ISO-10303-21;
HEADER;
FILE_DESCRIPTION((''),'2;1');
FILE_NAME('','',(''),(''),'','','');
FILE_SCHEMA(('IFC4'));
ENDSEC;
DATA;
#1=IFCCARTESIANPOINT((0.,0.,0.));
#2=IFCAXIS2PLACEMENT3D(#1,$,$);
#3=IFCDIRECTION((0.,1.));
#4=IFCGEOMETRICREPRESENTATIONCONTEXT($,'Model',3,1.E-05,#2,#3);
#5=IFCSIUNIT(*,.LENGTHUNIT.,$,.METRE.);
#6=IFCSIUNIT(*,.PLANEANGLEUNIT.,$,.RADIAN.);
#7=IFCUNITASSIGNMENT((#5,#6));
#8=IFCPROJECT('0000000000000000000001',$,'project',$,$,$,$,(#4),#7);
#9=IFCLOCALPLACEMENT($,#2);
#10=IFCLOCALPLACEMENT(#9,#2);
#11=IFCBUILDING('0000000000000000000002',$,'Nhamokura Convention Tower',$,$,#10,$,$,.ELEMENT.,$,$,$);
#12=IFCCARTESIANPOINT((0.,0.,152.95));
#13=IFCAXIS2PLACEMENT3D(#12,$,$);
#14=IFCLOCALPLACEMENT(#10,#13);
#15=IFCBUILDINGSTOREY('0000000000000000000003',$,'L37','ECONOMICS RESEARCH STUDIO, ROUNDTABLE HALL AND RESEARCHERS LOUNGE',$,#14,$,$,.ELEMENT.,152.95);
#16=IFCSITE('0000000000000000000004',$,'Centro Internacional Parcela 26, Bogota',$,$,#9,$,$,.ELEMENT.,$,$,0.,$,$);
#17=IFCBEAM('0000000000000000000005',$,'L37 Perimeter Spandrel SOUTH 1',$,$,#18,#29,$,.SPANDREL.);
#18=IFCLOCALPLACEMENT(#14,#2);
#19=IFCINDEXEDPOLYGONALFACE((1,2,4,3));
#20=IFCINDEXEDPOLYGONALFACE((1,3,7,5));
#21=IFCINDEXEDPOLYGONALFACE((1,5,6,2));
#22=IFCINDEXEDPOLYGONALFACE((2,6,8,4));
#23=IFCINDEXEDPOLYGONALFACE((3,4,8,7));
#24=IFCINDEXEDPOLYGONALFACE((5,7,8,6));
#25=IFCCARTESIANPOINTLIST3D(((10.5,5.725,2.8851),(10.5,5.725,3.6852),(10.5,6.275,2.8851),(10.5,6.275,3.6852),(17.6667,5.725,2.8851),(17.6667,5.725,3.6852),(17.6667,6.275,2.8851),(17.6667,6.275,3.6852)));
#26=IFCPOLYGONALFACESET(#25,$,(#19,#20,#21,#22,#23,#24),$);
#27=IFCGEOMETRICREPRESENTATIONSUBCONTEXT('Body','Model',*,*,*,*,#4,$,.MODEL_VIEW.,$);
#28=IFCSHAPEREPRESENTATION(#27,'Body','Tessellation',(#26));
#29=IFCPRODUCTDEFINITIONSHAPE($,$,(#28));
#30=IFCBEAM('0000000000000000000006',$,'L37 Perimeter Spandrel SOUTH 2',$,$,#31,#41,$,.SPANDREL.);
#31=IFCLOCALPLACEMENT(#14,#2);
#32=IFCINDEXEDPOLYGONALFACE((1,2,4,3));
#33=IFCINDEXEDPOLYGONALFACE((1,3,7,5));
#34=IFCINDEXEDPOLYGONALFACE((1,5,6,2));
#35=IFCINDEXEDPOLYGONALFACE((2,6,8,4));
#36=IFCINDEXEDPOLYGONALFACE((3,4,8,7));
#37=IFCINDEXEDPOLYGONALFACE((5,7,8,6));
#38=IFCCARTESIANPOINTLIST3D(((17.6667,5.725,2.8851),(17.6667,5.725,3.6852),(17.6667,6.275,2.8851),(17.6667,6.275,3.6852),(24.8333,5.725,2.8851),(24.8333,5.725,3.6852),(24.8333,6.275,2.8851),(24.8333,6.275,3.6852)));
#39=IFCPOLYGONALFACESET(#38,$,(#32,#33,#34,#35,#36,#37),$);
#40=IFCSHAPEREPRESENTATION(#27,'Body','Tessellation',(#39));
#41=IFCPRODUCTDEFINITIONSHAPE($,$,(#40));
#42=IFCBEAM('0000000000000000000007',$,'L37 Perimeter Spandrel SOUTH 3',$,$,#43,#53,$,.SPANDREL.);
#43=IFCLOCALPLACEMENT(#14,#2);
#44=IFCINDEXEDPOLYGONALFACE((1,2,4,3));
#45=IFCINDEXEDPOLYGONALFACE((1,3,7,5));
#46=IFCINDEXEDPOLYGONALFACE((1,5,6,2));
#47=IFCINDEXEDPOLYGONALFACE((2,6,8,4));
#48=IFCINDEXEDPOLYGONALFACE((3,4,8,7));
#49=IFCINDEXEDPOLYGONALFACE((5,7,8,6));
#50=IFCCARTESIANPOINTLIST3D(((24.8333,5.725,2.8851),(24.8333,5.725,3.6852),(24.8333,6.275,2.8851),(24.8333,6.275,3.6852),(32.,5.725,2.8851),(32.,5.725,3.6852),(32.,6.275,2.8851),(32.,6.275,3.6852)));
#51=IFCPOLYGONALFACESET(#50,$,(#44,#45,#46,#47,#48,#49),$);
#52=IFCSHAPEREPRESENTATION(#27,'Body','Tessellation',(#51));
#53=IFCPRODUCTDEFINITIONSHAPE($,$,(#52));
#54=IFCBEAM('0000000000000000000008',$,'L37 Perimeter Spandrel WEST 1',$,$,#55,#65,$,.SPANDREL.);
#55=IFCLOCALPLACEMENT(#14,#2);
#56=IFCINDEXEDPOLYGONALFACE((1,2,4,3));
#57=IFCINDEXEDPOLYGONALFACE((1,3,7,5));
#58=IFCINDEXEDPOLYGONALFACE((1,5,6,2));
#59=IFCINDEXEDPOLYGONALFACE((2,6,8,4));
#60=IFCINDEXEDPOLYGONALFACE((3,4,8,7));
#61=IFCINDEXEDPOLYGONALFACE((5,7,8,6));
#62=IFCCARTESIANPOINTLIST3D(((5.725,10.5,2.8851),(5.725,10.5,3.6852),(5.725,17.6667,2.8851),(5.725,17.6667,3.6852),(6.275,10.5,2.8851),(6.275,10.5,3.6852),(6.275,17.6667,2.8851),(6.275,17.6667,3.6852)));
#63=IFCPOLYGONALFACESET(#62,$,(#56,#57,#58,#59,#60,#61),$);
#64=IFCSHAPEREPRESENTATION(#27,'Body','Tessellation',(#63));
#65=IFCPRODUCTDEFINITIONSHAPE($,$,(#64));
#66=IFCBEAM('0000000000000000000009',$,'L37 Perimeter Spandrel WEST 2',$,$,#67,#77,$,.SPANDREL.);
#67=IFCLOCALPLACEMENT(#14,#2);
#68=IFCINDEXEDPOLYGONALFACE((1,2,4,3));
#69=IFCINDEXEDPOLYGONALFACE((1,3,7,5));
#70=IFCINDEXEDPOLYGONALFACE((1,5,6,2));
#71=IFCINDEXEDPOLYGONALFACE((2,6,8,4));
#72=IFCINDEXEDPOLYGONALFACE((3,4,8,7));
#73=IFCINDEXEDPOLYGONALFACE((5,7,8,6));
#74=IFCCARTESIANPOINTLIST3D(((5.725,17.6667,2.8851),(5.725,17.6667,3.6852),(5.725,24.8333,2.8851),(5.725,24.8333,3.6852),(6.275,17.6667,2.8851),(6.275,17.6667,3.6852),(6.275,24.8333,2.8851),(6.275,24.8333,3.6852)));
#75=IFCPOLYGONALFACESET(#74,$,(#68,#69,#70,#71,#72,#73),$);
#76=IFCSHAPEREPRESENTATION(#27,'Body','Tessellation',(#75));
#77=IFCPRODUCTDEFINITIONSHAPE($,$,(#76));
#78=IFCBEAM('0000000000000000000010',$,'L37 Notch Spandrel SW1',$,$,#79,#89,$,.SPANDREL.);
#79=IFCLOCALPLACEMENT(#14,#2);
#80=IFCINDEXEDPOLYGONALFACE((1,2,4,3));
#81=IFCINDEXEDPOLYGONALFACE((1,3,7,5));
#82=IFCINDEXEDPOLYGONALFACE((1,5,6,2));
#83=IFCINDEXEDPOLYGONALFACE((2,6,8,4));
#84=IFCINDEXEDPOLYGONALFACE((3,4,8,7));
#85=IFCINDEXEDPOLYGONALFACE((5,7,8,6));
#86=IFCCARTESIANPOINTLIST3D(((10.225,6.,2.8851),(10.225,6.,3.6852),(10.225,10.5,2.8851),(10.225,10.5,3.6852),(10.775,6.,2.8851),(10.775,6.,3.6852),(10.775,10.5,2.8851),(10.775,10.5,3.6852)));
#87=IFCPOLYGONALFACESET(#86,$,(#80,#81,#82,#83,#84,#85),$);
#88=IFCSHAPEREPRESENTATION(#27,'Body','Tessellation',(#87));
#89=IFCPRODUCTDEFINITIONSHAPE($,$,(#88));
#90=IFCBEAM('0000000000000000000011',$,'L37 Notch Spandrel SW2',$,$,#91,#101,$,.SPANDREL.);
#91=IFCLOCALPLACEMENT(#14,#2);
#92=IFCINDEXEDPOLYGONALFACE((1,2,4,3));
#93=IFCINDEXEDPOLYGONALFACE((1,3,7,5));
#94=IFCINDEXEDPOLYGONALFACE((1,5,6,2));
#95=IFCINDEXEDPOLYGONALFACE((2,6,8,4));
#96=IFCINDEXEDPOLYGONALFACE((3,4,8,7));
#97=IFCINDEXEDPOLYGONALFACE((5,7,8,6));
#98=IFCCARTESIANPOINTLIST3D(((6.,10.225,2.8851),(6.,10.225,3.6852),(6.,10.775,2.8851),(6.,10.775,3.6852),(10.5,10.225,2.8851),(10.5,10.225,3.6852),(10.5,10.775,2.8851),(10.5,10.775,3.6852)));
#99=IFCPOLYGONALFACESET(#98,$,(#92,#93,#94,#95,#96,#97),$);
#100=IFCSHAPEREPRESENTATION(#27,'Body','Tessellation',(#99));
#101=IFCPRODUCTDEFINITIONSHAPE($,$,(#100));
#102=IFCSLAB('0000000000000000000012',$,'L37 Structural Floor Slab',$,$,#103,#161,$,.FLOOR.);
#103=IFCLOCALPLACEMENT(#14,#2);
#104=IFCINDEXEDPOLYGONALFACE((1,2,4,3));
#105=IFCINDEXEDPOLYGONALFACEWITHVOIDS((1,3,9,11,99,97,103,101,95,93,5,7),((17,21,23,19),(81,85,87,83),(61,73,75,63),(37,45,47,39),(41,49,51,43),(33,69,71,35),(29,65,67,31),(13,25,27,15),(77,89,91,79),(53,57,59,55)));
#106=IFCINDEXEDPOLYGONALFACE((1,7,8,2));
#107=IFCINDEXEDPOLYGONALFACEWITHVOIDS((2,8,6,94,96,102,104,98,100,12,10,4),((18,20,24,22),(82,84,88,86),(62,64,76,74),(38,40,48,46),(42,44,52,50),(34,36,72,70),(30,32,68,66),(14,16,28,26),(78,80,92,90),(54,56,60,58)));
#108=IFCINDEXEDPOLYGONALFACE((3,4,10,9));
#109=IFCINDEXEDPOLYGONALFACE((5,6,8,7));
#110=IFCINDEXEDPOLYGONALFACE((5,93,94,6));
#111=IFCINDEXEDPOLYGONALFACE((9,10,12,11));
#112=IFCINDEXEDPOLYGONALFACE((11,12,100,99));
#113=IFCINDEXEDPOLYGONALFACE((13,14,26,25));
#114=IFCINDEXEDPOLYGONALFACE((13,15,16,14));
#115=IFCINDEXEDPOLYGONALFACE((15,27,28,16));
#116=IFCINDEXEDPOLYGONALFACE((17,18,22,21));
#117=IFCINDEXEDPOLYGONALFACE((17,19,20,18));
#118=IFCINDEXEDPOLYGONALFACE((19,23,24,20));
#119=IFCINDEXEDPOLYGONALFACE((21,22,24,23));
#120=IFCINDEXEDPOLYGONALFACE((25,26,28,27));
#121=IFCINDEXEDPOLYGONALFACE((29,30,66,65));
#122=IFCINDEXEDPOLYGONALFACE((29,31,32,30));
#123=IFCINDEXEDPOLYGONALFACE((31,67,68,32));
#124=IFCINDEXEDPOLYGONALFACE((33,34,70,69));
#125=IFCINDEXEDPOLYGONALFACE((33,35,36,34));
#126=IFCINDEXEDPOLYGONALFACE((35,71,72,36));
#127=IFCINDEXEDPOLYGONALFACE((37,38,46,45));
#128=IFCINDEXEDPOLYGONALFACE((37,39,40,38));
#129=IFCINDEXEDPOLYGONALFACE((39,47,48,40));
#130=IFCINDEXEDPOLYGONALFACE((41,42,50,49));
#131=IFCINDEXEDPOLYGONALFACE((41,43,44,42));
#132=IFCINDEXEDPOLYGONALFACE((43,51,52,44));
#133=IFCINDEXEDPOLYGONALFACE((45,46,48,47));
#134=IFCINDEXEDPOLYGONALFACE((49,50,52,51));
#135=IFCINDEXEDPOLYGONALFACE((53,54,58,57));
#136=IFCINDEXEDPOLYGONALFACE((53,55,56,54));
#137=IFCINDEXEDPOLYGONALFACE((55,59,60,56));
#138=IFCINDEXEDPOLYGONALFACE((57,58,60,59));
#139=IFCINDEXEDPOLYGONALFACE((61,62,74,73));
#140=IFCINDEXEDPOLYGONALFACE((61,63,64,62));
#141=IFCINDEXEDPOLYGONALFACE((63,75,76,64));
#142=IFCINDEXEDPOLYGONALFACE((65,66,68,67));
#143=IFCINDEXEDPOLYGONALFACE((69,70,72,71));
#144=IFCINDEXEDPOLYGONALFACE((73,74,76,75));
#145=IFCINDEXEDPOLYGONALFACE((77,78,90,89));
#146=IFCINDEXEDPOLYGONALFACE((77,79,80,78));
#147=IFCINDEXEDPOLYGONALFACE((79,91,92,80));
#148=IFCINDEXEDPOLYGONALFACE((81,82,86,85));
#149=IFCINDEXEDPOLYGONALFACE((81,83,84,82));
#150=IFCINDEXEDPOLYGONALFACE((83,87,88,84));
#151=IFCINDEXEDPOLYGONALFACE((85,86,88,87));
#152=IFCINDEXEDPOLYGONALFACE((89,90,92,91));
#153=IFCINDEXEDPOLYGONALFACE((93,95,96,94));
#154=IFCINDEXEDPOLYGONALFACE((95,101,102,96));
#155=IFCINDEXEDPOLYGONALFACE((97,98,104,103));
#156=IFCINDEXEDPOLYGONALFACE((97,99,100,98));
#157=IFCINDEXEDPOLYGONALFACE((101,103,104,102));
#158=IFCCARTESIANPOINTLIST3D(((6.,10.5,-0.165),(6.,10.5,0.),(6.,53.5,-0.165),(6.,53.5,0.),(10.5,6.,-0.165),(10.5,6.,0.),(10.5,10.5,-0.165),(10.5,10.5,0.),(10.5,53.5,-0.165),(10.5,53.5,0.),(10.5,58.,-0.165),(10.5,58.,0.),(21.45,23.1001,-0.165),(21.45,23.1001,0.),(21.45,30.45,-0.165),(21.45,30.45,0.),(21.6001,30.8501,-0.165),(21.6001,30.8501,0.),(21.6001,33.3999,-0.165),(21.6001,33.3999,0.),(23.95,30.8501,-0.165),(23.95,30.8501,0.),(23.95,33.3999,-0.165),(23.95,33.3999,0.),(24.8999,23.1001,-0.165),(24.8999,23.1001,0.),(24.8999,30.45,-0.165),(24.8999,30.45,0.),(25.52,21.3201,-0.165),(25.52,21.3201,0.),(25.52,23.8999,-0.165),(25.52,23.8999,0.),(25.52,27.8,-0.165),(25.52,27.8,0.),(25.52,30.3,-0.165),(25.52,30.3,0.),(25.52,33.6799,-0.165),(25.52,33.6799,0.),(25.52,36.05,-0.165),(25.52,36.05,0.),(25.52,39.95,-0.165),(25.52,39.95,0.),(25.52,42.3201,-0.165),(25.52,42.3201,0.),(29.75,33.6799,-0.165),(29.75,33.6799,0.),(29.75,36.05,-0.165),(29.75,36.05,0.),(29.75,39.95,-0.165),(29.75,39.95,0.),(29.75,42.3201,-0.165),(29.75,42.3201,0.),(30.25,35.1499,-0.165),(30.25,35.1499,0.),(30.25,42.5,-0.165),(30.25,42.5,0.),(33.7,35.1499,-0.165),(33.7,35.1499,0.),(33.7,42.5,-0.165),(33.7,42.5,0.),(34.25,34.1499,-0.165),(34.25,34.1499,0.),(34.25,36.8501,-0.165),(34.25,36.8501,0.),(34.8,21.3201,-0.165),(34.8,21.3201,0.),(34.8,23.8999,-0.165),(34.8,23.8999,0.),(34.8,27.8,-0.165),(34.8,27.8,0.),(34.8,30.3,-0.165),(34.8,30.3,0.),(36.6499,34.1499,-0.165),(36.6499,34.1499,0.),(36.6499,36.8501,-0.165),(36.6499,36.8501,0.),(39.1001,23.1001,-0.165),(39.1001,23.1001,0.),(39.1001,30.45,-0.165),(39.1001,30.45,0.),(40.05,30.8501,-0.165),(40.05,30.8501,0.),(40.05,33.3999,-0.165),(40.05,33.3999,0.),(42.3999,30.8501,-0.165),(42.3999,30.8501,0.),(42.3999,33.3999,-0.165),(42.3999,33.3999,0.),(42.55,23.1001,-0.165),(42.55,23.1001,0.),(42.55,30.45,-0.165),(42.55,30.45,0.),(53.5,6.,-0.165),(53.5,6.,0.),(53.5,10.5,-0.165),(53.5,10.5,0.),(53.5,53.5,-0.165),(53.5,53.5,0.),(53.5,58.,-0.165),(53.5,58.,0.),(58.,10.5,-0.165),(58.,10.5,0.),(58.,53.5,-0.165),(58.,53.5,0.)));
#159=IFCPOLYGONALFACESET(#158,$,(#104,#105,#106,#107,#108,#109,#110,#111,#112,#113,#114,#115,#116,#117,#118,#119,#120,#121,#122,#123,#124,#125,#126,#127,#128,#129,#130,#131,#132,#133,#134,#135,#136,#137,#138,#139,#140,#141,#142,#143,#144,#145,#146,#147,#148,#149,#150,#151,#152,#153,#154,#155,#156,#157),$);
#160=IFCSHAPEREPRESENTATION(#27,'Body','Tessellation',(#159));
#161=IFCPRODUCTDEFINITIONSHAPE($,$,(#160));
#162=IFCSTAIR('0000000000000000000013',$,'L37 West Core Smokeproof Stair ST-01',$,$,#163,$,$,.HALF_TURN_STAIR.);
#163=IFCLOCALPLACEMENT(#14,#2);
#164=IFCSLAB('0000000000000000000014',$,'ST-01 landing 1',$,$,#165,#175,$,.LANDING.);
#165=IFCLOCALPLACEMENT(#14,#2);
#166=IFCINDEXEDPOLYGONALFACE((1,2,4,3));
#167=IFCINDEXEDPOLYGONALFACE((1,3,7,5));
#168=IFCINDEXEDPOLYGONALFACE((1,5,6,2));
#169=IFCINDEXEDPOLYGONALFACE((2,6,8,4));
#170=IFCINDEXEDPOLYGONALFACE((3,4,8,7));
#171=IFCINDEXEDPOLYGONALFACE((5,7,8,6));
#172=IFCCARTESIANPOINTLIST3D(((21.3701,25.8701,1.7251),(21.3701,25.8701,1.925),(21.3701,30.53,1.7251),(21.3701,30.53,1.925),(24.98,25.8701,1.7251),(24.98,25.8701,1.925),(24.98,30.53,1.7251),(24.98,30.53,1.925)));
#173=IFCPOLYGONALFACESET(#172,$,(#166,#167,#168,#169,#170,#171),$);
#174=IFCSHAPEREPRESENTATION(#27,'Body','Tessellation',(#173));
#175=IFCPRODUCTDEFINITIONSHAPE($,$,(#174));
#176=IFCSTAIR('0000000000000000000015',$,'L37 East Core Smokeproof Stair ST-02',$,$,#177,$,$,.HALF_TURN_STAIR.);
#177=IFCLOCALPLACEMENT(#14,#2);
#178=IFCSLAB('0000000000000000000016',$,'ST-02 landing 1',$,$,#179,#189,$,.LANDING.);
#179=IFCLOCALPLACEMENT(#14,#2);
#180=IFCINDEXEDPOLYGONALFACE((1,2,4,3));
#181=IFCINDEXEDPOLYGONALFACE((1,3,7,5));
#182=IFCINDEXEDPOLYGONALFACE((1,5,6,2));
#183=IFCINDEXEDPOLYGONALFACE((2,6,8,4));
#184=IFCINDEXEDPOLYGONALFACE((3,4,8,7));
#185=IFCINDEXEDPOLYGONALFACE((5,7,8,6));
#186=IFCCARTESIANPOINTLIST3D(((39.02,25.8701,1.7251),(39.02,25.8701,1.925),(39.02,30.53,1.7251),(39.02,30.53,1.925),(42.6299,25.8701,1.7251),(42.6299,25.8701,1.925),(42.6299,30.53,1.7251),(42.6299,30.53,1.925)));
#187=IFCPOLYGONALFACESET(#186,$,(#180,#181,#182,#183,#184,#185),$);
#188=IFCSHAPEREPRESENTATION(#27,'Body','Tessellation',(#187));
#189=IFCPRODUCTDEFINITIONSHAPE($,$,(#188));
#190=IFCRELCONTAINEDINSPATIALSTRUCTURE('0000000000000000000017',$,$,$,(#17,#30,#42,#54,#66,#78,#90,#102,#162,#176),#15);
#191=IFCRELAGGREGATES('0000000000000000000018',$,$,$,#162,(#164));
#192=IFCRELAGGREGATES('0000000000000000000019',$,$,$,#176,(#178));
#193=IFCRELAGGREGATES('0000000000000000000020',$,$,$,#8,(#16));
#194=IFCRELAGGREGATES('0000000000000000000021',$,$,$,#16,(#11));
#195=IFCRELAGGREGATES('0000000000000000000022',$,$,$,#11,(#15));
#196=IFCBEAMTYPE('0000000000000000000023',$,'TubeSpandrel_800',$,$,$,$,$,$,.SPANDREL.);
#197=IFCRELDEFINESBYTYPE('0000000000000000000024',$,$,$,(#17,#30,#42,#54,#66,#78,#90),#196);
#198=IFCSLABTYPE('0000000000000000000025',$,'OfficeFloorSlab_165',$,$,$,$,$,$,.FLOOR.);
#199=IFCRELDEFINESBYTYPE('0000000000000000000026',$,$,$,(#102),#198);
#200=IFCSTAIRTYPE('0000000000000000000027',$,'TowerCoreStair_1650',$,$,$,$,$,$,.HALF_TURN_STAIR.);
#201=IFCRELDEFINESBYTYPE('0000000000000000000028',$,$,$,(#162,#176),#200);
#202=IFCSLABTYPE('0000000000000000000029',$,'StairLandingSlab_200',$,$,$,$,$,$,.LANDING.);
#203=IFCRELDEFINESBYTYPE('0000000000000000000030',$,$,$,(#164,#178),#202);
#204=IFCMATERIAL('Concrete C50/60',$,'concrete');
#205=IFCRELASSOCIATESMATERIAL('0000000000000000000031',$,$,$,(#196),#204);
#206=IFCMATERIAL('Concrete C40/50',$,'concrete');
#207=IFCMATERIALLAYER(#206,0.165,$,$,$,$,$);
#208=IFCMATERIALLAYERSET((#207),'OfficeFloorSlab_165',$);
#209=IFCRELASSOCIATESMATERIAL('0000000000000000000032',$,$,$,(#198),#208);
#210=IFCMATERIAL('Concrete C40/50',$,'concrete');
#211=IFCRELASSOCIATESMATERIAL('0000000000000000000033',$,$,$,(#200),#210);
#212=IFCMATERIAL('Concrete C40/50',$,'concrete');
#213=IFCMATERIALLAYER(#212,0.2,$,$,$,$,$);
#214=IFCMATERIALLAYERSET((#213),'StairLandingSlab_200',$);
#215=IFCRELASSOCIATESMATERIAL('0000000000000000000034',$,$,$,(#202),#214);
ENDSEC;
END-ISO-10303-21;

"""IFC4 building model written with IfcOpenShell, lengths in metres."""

from ifc_helpers import new_model, si_unit, direction, frame, origin, origin_2d, place, context, subcontext, project, spatial, polyline, rectangle, outline, extrude, material, layer, layer_set, material_profile, profile_set, type_object, element, aggregate, save


model = new_model("IFC4")

# Units and contexts
model_context = context("Model", 3, precision=1e-05, world=origin(), true_north=direction((0.0, 1.0)))
body_context = subcontext(model_context, "Body", "Model", "MODEL_VIEW")
ifc_project = project(units=[si_unit("LENGTHUNIT", "METRE"), si_unit("PLANEANGLEUNIT", "RADIAN")], contexts=[model_context])

# Site, building, storey
site_placement = place(None, origin())
site = spatial("IfcSite", under=ifc_project, at=site_placement, Name="Centro Internacional Parcela 26, Bogota", CompositionType="ELEMENT", RefElevation=0.0)
building_placement = place(site_placement, origin())
building = spatial("IfcBuilding", under=site, at=building_placement, Name="Nhamokura Convention Tower", CompositionType="ELEMENT")
storey_placement = place(building_placement, frame((0.0, 0.0, 152.95)))
storey = spatial("IfcBuildingStorey", under=building, at=storey_placement, Name="L37", Description="ECONOMICS RESEARCH STUDIO, ROUNDTABLE HALL AND RESEARCHERS LOUNGE", CompositionType="ELEMENT", Elevation=152.95)

# Beams
ifc_material_1 = material(Name="Concrete C50/60", Category="concrete")
ifc_material_profile_1 = material_profile(ifc_material_1, rectangle(XDim=0.55, YDim=0.8, at=origin_2d()))
ifc_profile_set_1 = profile_set([ifc_material_profile_1], Name="Concrete C50/60")
beam_type_1 = type_object("IfcBeamType", Name="TubeSpandrel_800", PredefinedType="SPANDREL", material=ifc_profile_set_1)
beam_1_placement = place(storey_placement, frame((10.5, 6.0, 3.2852), z_axis=(1.0, 0.0, 0.0), x_axis=(0.0, 1.0, 0.0)))
element("IfcBeam", 1, at=beam_1_placement, inside=storey, type_object=beam_type_1, Name="L37 Perimeter Spandrel SOUTH 1", PredefinedType="SPANDREL", context=body_context, shape_type="SweptSolid", body=[
    extrude(rectangle(XDim=0.55, YDim=0.8, at=origin_2d()), origin(), (0.0, 0.0, 1.0), 7.1667),
])
beam_2_placement = place(storey_placement, frame((17.6667, 6.0, 3.2852), z_axis=(1.0, 0.0, 0.0), x_axis=(0.0, 1.0, 0.0)))
element("IfcBeam", 2, at=beam_2_placement, inside=storey, type_object=beam_type_1, Name="L37 Perimeter Spandrel SOUTH 2", PredefinedType="SPANDREL", context=body_context, shape_type="SweptSolid", body=[
    extrude(rectangle(XDim=0.55, YDim=0.8, at=origin_2d()), origin(), (0.0, 0.0, 1.0), 7.1665),
])
for number, where, z_axis, x_axis, name in (
    (3, (24.8333, 6.0, 3.2852), (1.0, 0.0, 0.0), (0.0, 1.0, 0.0), "L37 Perimeter Spandrel SOUTH 3"),
    (4, (6.0, 10.5, 3.2852), (0.0, 1.0, 0.0), (-1.0, 0.0, 0.0), "L37 Perimeter Spandrel WEST 1"),
):
    element("IfcBeam", number, at=place(storey_placement, frame(where, z_axis=z_axis, x_axis=x_axis)), inside=storey, type_object=beam_type_1, Name=name, PredefinedType="SPANDREL", context=body_context, shape_type="SweptSolid", body=[
        extrude(rectangle(XDim=0.55, YDim=0.8, at=origin_2d()), origin(), (0.0, 0.0, 1.0), 7.1667),
    ])
beam_3_placement = place(storey_placement, frame((6.0, 17.6667, 3.2852), z_axis=(0.0, 1.0, 0.0), x_axis=(-1.0, 0.0, 0.0)))
element("IfcBeam", 5, at=beam_3_placement, inside=storey, type_object=beam_type_1, Name="L37 Perimeter Spandrel WEST 2", PredefinedType="SPANDREL", context=body_context, shape_type="SweptSolid", body=[
    extrude(rectangle(XDim=0.55, YDim=0.8, at=origin_2d()), origin(), (0.0, 0.0, 1.0), 7.1665),
])
for number, where, z_axis, x_axis, name in (
    (6, (10.5, 6.0, 3.2852), (0.0, 1.0, 0.0), (-1.0, 0.0, 0.0), "L37 Notch Spandrel SW1"),
    (7, (10.5, 10.5, 3.2852), (-1.0, 0.0, 0.0), (0.0, -1.0, 0.0), "L37 Notch Spandrel SW2"),
):
    element("IfcBeam", number, at=place(storey_placement, frame(where, z_axis=z_axis, x_axis=x_axis)), inside=storey, type_object=beam_type_1, Name=name, PredefinedType="SPANDREL", context=body_context, shape_type="SweptSolid", body=[
        extrude(rectangle(XDim=0.55, YDim=0.8, at=origin_2d()), origin(), (0.0, 0.0, 1.0), 4.5),
    ])

# Slab
ifc_material_2 = material(Name="Concrete C40/50", Category="concrete")
ifc_layer_1 = layer(ifc_material_2, 0.165)
ifc_layer_set_1 = layer_set([ifc_layer_1], Name="OfficeFloorSlab_165")
slab_type_1 = type_object("IfcSlabType", Name="OfficeFloorSlab_165", PredefinedType="FLOOR", material=ifc_layer_set_1)
slab_1_placement = place(storey_placement, frame((0.0, 0.0, -0.165)))
element("IfcSlab", 8, at=slab_1_placement, inside=storey, type_object=slab_type_1, Name="L37 Structural Floor Slab", PredefinedType="FLOOR", context=body_context, shape_type="SweptSolid", body=[
    extrude(outline(polyline([(10.5, 6.0), (53.5, 6.0), (53.5, 10.5), (58.0, 10.5), (58.0, 53.5), (53.5, 53.5), (53.5, 58.0), (10.5, 58.0), (10.5, 53.5), (6.0, 53.5), (6.0, 10.5), (10.5, 10.5), (10.5, 6.0)]), holes=[polyline([(24.8999, 23.1001), (24.8999, 30.45), (21.45, 30.45), (21.45, 23.1001), (24.8999, 23.1001)]), polyline([(42.55, 23.1001), (42.55, 30.45), (39.1001, 30.45), (39.1001, 23.1001), (42.55, 23.1001)]), polyline([(33.7, 35.1499), (33.7, 42.5), (30.25, 42.5), (30.25, 35.1499), (33.7, 35.1499)]), polyline([(21.6001, 30.8501), (23.95, 30.8501), (23.95, 33.3999), (21.6001, 33.3999), (21.6001, 30.8501)]), polyline([(40.05, 30.8501), (42.3999, 30.8501), (42.3999, 33.3999), (40.05, 33.3999), (40.05, 30.8501)]), polyline([(34.25, 34.1499), (36.6499, 34.1499), (36.6499, 36.8501), (34.25, 36.8501), (34.25, 34.1499)]), polyline([(25.52, 21.3201), (34.8, 21.3201), (34.8, 23.8999), (25.52, 23.8999), (25.52, 21.3201)]), polyline([(25.52, 27.8), (34.8, 27.8), (34.8, 30.3), (25.52, 30.3), (25.52, 27.8)]), polyline([(25.52, 33.6799), (29.75, 33.6799), (29.75, 36.05), (25.52, 36.05), (25.52, 33.6799)]), polyline([(25.52, 39.95), (29.75, 39.95), (29.75, 42.3201), (25.52, 42.3201), (25.52, 39.95)])]), origin(), (0.0, 0.0, 1.0), 0.165),
])

# Stairs, slabs
ifc_material_3 = material(Name="Concrete C40/50", Category="concrete")
stair_type = type_object("IfcStairType", Name="TowerCoreStair_1650", PredefinedType="HALF_TURN_STAIR", material=ifc_material_3)
stair_1_placement = place(storey_placement, origin())
stair_1 = element("IfcStair", 9, at=stair_1_placement, inside=storey, type_object=stair_type, Name="L37 West Core Smokeproof Stair ST-01", PredefinedType="HALF_TURN_STAIR")
ifc_material_4 = material(Name="Concrete C40/50", Category="concrete")
ifc_layer_2 = layer(ifc_material_4, 0.2)
ifc_layer_set_2 = layer_set([ifc_layer_2], Name="StairLandingSlab_200")
slab_type_2 = type_object("IfcSlabType", Name="StairLandingSlab_200", PredefinedType="LANDING", material=ifc_layer_set_2)
slab_2_placement = place(storey_placement, frame((0.0, 0.0, 1.7251)))
slab_2 = element("IfcSlab", 10, at=slab_2_placement, type_object=slab_type_2, Name="ST-01 landing 1", PredefinedType="LANDING", context=body_context, shape_type="SweptSolid", body=[
    extrude(outline(polyline([(24.98, 25.8701), (24.98, 30.53), (21.3701, 30.53), (21.3701, 25.8701), (24.98, 25.8701)])), origin(), (0.0, 0.0, 1.0), 0.2),
])
aggregate(stair_1, [slab_2])
stair_2_placement = place(storey_placement, origin())
stair_2 = element("IfcStair", 11, at=stair_2_placement, inside=storey, type_object=stair_type, Name="L37 East Core Smokeproof Stair ST-02", PredefinedType="HALF_TURN_STAIR")
slab_3_placement = place(storey_placement, frame((0.0, 0.0, 1.7251)))
slab_3 = element("IfcSlab", 12, at=slab_3_placement, type_object=slab_type_2, Name="ST-02 landing 1", PredefinedType="LANDING", context=body_context, shape_type="SweptSolid", body=[
    extrude(outline(polyline([(42.6299, 25.8701), (42.6299, 30.53), (39.02, 30.53), (39.02, 25.8701), (42.6299, 25.8701)])), origin(), (0.0, 0.0, 1.0), 0.2),
])
aggregate(stair_2, [slab_3])

save(model, "model.ifc")
